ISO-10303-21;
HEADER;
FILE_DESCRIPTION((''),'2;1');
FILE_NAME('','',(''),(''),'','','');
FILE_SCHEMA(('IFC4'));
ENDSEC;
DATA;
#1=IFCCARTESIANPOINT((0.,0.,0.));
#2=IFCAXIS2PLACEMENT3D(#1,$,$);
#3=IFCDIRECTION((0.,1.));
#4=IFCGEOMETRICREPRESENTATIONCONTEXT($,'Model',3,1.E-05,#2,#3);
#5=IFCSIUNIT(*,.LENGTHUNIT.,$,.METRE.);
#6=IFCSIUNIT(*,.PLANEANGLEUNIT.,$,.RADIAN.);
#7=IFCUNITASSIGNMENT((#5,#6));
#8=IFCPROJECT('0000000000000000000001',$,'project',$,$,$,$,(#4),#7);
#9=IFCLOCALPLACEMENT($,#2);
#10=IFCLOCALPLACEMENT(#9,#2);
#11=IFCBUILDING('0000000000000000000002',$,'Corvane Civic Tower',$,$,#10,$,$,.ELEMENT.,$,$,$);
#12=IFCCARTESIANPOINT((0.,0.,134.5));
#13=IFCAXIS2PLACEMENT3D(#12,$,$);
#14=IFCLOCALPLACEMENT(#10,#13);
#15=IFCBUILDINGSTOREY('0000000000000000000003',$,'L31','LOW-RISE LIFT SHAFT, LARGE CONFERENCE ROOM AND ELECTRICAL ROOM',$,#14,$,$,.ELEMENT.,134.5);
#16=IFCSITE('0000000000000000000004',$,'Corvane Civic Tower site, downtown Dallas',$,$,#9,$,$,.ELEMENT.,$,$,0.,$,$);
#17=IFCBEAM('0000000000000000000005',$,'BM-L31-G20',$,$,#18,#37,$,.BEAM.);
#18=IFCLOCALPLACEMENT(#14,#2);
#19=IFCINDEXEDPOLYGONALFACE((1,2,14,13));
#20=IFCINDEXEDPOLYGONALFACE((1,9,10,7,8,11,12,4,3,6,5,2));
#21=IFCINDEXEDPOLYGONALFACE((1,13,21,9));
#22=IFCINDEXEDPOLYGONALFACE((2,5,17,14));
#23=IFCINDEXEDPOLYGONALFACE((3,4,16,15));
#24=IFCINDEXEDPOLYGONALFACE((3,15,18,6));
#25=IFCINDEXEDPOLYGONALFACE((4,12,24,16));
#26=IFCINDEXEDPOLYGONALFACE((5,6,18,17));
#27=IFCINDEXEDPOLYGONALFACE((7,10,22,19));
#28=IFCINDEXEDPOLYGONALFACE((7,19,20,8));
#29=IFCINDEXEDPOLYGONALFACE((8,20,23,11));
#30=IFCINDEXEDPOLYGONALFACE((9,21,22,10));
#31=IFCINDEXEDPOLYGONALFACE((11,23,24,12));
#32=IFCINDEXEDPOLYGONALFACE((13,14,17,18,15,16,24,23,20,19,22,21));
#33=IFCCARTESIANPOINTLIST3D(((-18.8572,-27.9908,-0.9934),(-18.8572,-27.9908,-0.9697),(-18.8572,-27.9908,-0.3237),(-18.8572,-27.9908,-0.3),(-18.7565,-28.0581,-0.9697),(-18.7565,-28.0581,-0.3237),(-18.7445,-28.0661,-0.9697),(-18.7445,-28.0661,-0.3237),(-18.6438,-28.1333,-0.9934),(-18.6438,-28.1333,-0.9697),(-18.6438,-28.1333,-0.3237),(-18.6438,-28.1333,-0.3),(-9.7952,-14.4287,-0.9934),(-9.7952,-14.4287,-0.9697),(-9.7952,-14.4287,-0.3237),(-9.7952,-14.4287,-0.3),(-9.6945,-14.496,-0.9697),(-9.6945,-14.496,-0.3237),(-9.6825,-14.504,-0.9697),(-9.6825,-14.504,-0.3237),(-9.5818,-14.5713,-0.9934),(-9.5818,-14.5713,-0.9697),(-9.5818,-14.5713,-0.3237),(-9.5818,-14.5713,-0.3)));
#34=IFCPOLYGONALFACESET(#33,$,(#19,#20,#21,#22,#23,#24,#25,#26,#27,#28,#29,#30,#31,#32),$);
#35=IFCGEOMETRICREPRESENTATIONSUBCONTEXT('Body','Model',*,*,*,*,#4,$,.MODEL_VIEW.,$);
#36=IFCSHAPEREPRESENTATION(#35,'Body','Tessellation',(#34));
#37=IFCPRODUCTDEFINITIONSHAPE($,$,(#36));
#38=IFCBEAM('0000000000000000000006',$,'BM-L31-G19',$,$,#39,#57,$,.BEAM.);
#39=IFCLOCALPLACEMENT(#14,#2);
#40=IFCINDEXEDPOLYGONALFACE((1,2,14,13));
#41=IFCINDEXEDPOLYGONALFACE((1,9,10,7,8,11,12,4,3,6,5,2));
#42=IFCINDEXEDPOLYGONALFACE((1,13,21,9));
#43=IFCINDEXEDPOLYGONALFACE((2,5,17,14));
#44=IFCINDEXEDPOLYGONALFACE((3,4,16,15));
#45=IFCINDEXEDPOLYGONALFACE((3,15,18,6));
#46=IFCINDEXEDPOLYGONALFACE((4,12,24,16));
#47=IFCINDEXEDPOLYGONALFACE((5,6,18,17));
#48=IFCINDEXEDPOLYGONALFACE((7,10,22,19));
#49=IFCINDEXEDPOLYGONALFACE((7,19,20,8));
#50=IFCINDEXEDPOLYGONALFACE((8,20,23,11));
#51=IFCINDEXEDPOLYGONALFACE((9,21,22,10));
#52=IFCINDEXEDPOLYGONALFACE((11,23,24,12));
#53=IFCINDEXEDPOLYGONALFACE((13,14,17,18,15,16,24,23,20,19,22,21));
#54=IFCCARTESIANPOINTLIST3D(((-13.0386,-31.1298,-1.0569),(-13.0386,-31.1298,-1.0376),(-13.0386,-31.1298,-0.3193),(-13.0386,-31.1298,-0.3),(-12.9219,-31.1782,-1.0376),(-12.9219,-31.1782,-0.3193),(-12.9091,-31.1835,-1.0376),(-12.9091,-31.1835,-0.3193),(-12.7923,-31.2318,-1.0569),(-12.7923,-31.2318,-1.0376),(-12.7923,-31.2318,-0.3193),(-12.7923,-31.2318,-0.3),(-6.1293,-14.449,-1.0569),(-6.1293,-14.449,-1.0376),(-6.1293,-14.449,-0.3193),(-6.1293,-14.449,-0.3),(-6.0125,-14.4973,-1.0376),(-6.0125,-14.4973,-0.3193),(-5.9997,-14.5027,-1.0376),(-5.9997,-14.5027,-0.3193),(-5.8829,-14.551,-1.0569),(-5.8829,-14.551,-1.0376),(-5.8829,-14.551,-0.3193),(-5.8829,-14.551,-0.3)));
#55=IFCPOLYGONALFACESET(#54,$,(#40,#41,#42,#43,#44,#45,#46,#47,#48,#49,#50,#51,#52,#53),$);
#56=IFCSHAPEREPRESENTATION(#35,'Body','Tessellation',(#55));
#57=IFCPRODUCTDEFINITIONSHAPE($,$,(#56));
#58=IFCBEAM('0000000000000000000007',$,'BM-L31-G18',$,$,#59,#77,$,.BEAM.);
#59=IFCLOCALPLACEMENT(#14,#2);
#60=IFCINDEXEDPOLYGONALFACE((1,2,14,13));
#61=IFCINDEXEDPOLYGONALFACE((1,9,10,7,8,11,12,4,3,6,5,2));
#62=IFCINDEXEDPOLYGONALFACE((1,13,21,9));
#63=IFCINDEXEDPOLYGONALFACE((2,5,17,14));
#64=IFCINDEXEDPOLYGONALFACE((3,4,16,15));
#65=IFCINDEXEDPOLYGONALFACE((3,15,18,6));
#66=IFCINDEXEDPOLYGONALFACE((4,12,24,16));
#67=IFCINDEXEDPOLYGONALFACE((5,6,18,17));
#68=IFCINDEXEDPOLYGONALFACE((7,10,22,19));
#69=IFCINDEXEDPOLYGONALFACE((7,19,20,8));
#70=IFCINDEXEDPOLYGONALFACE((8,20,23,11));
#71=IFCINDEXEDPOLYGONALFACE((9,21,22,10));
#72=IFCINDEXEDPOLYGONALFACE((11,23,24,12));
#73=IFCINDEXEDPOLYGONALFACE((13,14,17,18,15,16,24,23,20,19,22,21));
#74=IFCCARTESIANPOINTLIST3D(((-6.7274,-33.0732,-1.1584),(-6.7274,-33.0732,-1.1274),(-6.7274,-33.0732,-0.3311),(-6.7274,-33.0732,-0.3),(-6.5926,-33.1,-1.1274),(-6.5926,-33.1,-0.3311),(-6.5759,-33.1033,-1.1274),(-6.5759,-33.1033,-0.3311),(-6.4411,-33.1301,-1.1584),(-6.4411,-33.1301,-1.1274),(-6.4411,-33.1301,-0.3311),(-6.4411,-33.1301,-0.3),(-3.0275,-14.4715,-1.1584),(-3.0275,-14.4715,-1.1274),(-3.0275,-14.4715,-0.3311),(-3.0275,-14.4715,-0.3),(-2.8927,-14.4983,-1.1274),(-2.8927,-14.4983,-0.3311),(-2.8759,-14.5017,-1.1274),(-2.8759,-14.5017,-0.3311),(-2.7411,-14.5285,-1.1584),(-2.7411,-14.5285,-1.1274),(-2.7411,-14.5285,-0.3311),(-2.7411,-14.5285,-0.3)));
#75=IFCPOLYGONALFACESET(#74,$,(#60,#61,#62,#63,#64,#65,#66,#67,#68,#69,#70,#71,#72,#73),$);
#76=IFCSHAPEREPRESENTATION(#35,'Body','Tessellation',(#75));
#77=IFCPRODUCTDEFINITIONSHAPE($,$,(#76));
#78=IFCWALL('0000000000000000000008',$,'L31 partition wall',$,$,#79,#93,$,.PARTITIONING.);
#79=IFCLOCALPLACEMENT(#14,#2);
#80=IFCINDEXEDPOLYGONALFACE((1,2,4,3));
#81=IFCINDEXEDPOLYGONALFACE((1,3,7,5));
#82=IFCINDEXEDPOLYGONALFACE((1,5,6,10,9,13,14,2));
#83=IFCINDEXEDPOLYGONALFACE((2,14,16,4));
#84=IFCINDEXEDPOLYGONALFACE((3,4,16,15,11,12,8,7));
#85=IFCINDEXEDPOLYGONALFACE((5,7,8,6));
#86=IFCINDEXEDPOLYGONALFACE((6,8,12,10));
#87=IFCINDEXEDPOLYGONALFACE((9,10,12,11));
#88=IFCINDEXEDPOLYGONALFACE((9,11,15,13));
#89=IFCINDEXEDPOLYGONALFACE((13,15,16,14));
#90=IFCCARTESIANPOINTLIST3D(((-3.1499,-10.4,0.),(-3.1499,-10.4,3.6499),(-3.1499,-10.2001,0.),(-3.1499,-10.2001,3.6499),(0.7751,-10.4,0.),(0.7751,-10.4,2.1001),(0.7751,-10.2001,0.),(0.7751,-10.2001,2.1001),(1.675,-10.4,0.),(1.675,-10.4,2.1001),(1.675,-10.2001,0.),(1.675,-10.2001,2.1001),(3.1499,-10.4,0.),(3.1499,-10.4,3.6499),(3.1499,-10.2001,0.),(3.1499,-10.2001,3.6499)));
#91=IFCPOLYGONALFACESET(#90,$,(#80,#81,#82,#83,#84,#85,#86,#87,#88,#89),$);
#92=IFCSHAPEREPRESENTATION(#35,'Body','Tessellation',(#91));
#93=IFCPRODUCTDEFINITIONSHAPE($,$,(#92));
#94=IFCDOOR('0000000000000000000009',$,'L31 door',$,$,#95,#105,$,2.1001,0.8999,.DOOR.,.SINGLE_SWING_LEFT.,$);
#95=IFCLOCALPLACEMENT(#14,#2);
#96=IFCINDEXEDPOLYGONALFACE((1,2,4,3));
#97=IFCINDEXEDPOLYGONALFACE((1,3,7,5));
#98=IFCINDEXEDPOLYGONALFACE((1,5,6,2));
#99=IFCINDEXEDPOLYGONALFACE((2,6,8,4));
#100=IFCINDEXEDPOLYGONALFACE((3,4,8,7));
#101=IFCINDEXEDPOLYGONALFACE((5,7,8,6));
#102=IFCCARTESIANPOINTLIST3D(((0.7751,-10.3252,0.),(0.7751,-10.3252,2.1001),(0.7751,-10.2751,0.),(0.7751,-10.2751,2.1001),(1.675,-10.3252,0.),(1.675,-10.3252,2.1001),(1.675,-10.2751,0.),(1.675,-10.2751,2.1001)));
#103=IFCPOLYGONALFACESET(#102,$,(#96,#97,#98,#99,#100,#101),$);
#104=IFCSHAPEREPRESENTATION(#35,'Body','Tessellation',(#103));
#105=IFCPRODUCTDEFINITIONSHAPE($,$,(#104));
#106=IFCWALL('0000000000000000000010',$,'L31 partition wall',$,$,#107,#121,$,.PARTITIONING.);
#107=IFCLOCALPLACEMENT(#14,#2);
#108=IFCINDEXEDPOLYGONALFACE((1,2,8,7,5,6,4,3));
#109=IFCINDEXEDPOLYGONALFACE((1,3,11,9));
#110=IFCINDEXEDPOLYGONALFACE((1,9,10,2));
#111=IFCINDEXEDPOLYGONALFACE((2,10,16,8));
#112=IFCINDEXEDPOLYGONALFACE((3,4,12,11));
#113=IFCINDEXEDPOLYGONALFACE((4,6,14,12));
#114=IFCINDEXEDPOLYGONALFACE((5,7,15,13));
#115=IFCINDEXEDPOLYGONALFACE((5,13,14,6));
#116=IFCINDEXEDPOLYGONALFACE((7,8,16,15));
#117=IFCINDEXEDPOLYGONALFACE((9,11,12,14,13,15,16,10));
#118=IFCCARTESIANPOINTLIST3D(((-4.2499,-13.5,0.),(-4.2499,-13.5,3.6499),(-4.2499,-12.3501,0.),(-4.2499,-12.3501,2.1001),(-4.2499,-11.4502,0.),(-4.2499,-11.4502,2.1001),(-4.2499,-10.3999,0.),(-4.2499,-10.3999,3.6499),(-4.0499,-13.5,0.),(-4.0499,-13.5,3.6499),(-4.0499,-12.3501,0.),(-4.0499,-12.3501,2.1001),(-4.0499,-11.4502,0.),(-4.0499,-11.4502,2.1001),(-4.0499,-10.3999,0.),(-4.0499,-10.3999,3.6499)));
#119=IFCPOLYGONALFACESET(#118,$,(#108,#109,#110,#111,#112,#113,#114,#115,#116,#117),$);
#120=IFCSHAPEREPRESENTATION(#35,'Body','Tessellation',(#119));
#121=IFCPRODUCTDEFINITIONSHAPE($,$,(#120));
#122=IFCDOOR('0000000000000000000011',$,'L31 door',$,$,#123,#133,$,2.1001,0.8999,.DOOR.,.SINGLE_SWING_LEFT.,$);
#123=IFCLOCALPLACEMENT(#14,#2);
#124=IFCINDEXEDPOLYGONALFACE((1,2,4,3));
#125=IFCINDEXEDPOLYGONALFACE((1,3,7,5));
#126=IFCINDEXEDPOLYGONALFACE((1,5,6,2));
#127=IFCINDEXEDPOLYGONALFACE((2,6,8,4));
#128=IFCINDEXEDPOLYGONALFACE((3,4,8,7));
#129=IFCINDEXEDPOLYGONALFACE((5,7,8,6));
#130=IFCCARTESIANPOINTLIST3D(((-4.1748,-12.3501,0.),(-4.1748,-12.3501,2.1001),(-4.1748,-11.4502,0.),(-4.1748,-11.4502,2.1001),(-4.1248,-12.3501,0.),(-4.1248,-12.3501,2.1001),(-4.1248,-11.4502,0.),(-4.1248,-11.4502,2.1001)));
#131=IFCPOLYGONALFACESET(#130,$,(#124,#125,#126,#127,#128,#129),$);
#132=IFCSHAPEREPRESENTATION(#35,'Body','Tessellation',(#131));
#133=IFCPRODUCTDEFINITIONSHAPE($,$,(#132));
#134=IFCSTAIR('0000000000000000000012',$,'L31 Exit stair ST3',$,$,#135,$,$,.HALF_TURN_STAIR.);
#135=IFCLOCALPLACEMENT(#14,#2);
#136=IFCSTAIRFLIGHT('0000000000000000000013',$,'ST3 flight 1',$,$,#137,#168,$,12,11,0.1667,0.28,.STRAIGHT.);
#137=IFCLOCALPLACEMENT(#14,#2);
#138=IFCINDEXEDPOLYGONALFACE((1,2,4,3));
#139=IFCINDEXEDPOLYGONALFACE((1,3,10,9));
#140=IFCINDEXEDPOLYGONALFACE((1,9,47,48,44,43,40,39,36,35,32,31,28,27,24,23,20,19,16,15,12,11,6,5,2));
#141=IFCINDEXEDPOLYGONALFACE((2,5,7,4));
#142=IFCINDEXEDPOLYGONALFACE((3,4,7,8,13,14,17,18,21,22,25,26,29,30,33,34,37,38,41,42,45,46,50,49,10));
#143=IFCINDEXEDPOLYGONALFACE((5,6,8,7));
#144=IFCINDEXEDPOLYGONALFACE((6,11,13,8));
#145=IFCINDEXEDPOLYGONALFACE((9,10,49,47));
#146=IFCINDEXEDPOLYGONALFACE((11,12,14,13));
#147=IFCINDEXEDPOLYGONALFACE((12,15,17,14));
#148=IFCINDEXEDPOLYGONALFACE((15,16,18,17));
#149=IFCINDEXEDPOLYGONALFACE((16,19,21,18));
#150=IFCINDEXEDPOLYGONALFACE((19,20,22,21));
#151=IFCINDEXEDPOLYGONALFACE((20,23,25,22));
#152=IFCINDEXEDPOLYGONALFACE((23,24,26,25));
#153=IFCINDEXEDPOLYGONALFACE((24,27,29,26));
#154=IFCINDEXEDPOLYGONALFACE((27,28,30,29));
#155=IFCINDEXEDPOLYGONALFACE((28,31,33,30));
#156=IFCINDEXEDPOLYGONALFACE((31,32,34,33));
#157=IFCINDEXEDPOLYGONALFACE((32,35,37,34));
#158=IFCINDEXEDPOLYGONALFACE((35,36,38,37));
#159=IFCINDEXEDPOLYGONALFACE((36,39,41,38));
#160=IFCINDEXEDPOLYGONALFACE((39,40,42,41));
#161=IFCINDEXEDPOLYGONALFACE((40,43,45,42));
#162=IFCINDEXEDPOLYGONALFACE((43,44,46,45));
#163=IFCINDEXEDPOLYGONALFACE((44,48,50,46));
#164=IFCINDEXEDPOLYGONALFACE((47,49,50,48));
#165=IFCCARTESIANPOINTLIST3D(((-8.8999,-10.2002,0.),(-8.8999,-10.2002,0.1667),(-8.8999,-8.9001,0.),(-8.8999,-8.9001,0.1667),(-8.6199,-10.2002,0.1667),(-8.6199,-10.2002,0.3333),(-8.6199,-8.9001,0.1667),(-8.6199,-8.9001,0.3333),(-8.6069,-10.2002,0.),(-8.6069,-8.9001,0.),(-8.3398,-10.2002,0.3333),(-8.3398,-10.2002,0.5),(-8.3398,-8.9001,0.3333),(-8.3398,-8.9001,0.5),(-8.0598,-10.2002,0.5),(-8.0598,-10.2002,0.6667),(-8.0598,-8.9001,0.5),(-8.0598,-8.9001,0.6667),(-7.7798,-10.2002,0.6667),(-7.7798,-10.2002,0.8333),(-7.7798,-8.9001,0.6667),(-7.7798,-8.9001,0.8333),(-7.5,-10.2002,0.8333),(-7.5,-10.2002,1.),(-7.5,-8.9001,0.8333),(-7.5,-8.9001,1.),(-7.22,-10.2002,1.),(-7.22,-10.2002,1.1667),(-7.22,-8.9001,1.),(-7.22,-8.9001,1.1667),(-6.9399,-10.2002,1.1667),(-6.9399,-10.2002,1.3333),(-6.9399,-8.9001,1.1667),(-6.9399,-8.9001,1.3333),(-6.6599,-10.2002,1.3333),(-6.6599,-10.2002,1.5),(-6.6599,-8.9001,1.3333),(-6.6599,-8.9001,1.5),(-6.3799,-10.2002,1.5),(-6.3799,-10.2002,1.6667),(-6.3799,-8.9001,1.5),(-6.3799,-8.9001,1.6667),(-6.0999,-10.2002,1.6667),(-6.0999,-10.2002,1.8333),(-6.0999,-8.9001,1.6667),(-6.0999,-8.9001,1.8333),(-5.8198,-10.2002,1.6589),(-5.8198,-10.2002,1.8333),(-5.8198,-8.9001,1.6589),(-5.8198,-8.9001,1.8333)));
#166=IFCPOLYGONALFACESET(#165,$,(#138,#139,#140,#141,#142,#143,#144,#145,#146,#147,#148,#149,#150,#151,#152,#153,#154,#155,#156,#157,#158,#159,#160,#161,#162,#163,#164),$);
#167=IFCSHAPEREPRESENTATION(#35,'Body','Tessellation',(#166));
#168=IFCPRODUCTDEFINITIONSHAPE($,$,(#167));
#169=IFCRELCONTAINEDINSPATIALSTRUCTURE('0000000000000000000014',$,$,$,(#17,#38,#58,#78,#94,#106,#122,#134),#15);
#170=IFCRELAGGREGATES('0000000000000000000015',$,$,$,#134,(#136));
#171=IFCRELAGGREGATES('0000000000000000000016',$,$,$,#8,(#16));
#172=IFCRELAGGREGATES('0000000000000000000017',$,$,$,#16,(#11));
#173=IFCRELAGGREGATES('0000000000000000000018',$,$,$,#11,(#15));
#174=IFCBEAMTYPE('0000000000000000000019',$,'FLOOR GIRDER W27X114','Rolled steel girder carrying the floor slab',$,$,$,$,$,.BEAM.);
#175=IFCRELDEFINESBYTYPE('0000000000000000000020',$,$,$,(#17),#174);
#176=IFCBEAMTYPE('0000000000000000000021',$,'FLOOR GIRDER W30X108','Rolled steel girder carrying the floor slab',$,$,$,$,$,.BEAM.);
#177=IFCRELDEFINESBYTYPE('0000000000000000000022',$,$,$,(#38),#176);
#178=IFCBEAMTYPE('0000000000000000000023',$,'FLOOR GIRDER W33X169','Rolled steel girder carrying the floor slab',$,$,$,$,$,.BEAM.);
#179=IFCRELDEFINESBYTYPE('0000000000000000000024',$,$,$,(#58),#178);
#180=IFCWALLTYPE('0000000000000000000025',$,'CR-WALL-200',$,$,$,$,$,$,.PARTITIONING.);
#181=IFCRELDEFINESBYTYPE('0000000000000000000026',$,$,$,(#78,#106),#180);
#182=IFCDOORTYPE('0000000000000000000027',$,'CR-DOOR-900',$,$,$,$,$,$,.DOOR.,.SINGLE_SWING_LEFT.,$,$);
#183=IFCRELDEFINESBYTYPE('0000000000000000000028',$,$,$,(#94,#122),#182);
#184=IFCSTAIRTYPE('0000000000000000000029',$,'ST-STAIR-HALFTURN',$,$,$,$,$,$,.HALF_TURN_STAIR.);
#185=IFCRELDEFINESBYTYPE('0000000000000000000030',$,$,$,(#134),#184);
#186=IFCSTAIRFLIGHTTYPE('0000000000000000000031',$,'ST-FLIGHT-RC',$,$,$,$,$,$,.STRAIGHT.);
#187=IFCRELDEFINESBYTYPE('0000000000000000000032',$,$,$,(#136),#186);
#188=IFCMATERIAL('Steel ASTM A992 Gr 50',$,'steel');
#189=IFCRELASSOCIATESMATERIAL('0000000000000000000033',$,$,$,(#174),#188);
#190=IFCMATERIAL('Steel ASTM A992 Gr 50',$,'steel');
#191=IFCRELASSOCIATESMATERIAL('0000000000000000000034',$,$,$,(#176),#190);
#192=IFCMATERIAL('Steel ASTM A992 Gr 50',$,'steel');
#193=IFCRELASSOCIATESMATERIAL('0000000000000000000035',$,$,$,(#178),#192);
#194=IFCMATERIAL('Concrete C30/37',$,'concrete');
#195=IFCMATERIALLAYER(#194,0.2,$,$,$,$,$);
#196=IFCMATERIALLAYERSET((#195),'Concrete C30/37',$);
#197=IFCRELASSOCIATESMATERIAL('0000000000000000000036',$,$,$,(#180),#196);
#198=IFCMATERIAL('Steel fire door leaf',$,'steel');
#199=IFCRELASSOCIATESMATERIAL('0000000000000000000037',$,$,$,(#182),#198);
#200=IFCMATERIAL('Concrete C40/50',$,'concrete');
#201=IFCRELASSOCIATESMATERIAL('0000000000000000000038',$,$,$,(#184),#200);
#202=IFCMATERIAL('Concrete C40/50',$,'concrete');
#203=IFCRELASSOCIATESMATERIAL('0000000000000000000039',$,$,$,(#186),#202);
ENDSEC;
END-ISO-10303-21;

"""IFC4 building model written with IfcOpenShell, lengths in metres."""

from ifc_helpers import new_model, si_unit, direction, frame, frame_2d, origin, origin_2d, place, context, subcontext, project, spatial, polyline, rectangle, i_section, outline, extrude, material, layer, layer_set, material_profile, profile_set, type_object, element, fill, aggregate, save


model = new_model("IFC4")

# Units and contexts
model_context = context("Model", 3, precision=1e-05, world=origin(), true_north=direction((0.0, 1.0)))
body_context = subcontext(model_context, "Body", "Model", "MODEL_VIEW")
ifc_project = project(units=[si_unit("LENGTHUNIT", "METRE"), si_unit("PLANEANGLEUNIT", "RADIAN")], contexts=[model_context])

# Site, building, storey
site_placement = place(None, origin())
site = spatial("IfcSite", under=ifc_project, at=site_placement, Name="Corvane Civic Tower site, downtown Dallas", CompositionType="ELEMENT", RefElevation=0.0)
building_placement = place(site_placement, origin())
building = spatial("IfcBuilding", under=site, at=building_placement, Name="Corvane Civic Tower", CompositionType="ELEMENT")
storey_placement = place(building_placement, frame((0.0, 0.0, 134.5)))
storey = spatial("IfcBuildingStorey", under=building, at=storey_placement, Name="L31", Description="LOW-RISE LIFT SHAFT, LARGE CONFERENCE ROOM AND ELECTRICAL ROOM", CompositionType="ELEMENT", Elevation=134.5)

# Beams
ifc_material_1 = material(Name="Steel ASTM A992 Gr 50", Category="steel")
ifc_material_profile_1 = material_profile(ifc_material_1, i_section(OverallWidth=0.2566, OverallDepth=0.6934, WebThickness=0.0144, FlangeThickness=0.0237, at=origin_2d()), Name="W27X114")
ifc_profile_set_1 = profile_set([ifc_material_profile_1], Name="Steel ASTM A992 Gr 50")
beam_type_1 = type_object("IfcBeamType", Name="FLOOR GIRDER W27X114", Description="Rolled steel girder carrying the floor slab", PredefinedType="BEAM", material=ifc_profile_set_1)
beam_1_placement = place(storey_placement, frame((-9.6885, -14.5, -0.6467), z_axis=(-0.555577, -0.831465, 0.0), x_axis=(0.831465, -0.555577, 0.0)))
element("IfcBeam", 1, at=beam_1_placement, inside=storey, type_object=beam_type_1, Name="BM-L31-G20", PredefinedType="BEAM", context=body_context, shape_type="SweptSolid", body=[
    extrude(i_section(OverallWidth=0.2566, OverallDepth=0.6934, WebThickness=0.0144, FlangeThickness=0.0237, at=origin_2d()), origin(), (0.0, 0.0, 1.0), 16.311),
])
ifc_material_2 = material(Name="Steel ASTM A992 Gr 50", Category="steel")
ifc_material_profile_2 = material_profile(ifc_material_2, i_section(OverallWidth=0.2666, OverallDepth=0.7568, WebThickness=0.0139, FlangeThickness=0.0193, at=origin_2d()), Name="W30X108")
ifc_profile_set_2 = profile_set([ifc_material_profile_2], Name="Steel ASTM A992 Gr 50")
beam_type_2 = type_object("IfcBeamType", Name="FLOOR GIRDER W30X108", Description="Rolled steel girder carrying the floor slab", PredefinedType="BEAM", material=ifc_profile_set_2)
beam_2_placement = place(storey_placement, frame((-6.0061, -14.5, -0.6785), z_axis=(-0.382682, -0.92388, 0.0), x_axis=(0.92388, -0.382682, 0.0)))
element("IfcBeam", 2, at=beam_2_placement, inside=storey, type_object=beam_type_2, Name="BM-L31-G19", PredefinedType="BEAM", context=body_context, shape_type="SweptSolid", body=[
    extrude(i_section(OverallWidth=0.2666, OverallDepth=0.7568, WebThickness=0.0139, FlangeThickness=0.0193, at=origin_2d()), origin(), (0.0, 0.0, 1.0), 18.0552),
])
ifc_material_3 = material(Name="Steel ASTM A992 Gr 50", Category="steel")
ifc_material_profile_3 = material_profile(ifc_material_3, i_section(OverallWidth=0.292, OverallDepth=0.8584, WebThickness=0.0171, FlangeThickness=0.031, at=origin_2d()), Name="W33X169")
ifc_profile_set_3 = profile_set([ifc_material_profile_3], Name="Steel ASTM A992 Gr 50")
beam_type_3 = type_object("IfcBeamType", Name="FLOOR GIRDER W33X169", Description="Rolled steel girder carrying the floor slab", PredefinedType="BEAM", material=ifc_profile_set_3)
beam_3_placement = place(storey_placement, frame((-2.8843, -14.5, -0.7292), z_axis=(-0.195084, -0.980787, 0.0), x_axis=(0.980787, -0.195084, 0.0)))
element("IfcBeam", 3, at=beam_3_placement, inside=storey, type_object=beam_type_3, Name="BM-L31-G18", PredefinedType="BEAM", context=body_context, shape_type="SweptSolid", body=[
    extrude(i_section(OverallWidth=0.292, OverallDepth=0.8584, WebThickness=0.0171, FlangeThickness=0.031, at=origin_2d()), origin(), (0.0, 0.0, 1.0), 18.9661),
])

# Walls, openings, doors
ifc_material_4 = material(Name="Concrete C30/37", Category="concrete")
ifc_layer = layer(ifc_material_4, 0.2)
ifc_layer_set = layer_set([ifc_layer], Name="Concrete C30/37")
wall_type = type_object("IfcWallType", Name="CR-WALL-200", PredefinedType="PARTITIONING", material=ifc_layer_set)
wall_1_placement = place(storey_placement, frame((-3.1499, -10.3, 0.0), z_axis=(0.0, 0.0, 1.0), x_axis=(1.0, 0.0, 0.0)))
wall_1 = element("IfcWall", 4, at=wall_1_placement, inside=storey, type_object=wall_type, Name="L31 partition wall", PredefinedType="PARTITIONING", context=body_context, shape_type="SweptSolid", body=[
    extrude(rectangle(XDim=6.2998, YDim=0.2, at=frame_2d((3.1499, 0.0))), origin(), (0.0, 0.0, 1.0), 3.6499),
])
opening_1_placement = place(wall_1_placement, frame((3.925, 0.0, 0.0)))
opening_1 = element("IfcOpeningElement", 5, at=opening_1_placement, cuts=wall_1, PredefinedType="OPENING", context=body_context, shape_type="SweptSolid", body=[
    extrude(rectangle(XDim=0.8999, YDim=2.1001, at=frame_2d((0.45, 1.05))), frame((0.0, 0.1099, 0.0), z_axis=(0.0, -1.0, 0.0), x_axis=(1.0, 0.0, 0.0)), (0.0, 0.0, 1.0), 0.22),
])
ifc_material_5 = material(Name="Steel fire door leaf", Category="steel")
door_type = type_object("IfcDoorType", Name="CR-DOOR-900", OperationType="SINGLE_SWING_LEFT", PredefinedType="DOOR", material=ifc_material_5)
door_1_placement = place(opening_1_placement, origin())
door_1 = element("IfcDoor", 6, at=door_1_placement, inside=storey, type_object=door_type, Name="L31 door", OperationType="SINGLE_SWING_LEFT", OverallHeight=2.1001, OverallWidth=0.8999, PredefinedType="DOOR", context=body_context, shape_type="SweptSolid", body=[
    extrude(rectangle(XDim=0.8999, YDim=2.1001, at=frame_2d((0.45, 1.05))), frame((0.0, 0.0249, 0.0), z_axis=(0.0, -1.0, 0.0), x_axis=(1.0, 0.0, 0.0)), (0.0, 0.0, 1.0), 0.05),
])
fill(opening_1, door_1)
wall_2_placement = place(storey_placement, frame((-4.1499, -13.5, 0.0), z_axis=(0.0, 0.0, 1.0), x_axis=(0.0, 1.0, 0.0)))
wall_2 = element("IfcWall", 7, at=wall_2_placement, inside=storey, type_object=wall_type, Name="L31 partition wall", PredefinedType="PARTITIONING", context=body_context, shape_type="SweptSolid", body=[
    extrude(rectangle(XDim=3.1001, YDim=0.2, at=frame_2d((1.55, 0.0))), origin(), (0.0, 0.0, 1.0), 3.6499),
])
opening_2_placement = place(wall_2_placement, frame((1.1499, 0.0, 0.0)))
opening_2 = element("IfcOpeningElement", 8, at=opening_2_placement, cuts=wall_2, PredefinedType="OPENING", context=body_context, shape_type="SweptSolid", body=[
    extrude(rectangle(XDim=0.8999, YDim=2.1001, at=frame_2d((0.45, 1.05))), frame((0.0, 0.1099, 0.0), z_axis=(0.0, -1.0, 0.0), x_axis=(1.0, 0.0, 0.0)), (0.0, 0.0, 1.0), 0.22),
])
door_2_placement = place(opening_2_placement, origin())
door_2 = element("IfcDoor", 9, at=door_2_placement, inside=storey, type_object=door_type, Name="L31 door", OperationType="SINGLE_SWING_LEFT", OverallHeight=2.1001, OverallWidth=0.8999, PredefinedType="DOOR", context=body_context, shape_type="SweptSolid", body=[
    extrude(rectangle(XDim=0.8999, YDim=2.1001, at=frame_2d((0.45, 1.05))), frame((0.0, 0.0249, 0.0), z_axis=(0.0, -1.0, 0.0), x_axis=(1.0, 0.0, 0.0)), (0.0, 0.0, 1.0), 0.05),
])
fill(opening_2, door_2)

# Stair, stair flight
ifc_material_6 = material(Name="Concrete C40/50", Category="concrete")
stair_type = type_object("IfcStairType", Name="ST-STAIR-HALFTURN", PredefinedType="HALF_TURN_STAIR", material=ifc_material_6)
stair_placement = place(storey_placement, origin())
stair = element("IfcStair", 10, at=stair_placement, inside=storey, type_object=stair_type, Name="L31 Exit stair ST3", PredefinedType="HALF_TURN_STAIR")
ifc_material_7 = material(Name="Concrete C40/50", Category="concrete")
stair_flight_type = type_object("IfcStairFlightType", Name="ST-FLIGHT-RC", PredefinedType="STRAIGHT", material=ifc_material_7)
stair_flight_placement = place(storey_placement, frame((-8.8999, -9.55, 0.0), z_axis=(0.0, 0.0, 1.0), x_axis=(1.0, 0.0, 0.0)))
stair_flight = element("IfcStairFlight", 11, at=stair_flight_placement, type_object=stair_flight_type, Name="ST3 flight 1", NumberOfRisers=12, NumberOfTreads=11, PredefinedType="STRAIGHT", RiserHeight=0.1667, TreadLength=0.28, context=body_context, shape_type="SweptSolid", body=[
    extrude(outline(polyline([(0.0, 0.0), (0.0, 0.1667), (0.28, 0.1667), (0.28, 0.3333), (0.5601, 0.3333), (0.5601, 0.5), (0.8401, 0.5), (0.8401, 0.6667), (1.1201, 0.6667), (1.1201, 0.8333), (1.3999, 0.8333), (1.3999, 1.0), (1.6799, 1.0), (1.6799, 1.1667), (1.96, 1.1667), (1.96, 1.3333), (2.24, 1.3333), (2.24, 1.5), (2.52, 1.5), (2.52, 1.6667), (2.8, 1.6667), (2.8, 1.8333), (3.0801, 1.8333), (3.0801, 2.0), (3.0801, 1.6589), (0.293, 0.0), (0.0, 0.0)])), frame((0.0, 0.6499, 0.0), z_axis=(0.0, -1.0, 0.0), x_axis=(1.0, 0.0, 0.0)), (0.0, 0.0, 1.0), 1.3),
])
aggregate(stair, [stair_flight])

save(model, "model.ifc")
